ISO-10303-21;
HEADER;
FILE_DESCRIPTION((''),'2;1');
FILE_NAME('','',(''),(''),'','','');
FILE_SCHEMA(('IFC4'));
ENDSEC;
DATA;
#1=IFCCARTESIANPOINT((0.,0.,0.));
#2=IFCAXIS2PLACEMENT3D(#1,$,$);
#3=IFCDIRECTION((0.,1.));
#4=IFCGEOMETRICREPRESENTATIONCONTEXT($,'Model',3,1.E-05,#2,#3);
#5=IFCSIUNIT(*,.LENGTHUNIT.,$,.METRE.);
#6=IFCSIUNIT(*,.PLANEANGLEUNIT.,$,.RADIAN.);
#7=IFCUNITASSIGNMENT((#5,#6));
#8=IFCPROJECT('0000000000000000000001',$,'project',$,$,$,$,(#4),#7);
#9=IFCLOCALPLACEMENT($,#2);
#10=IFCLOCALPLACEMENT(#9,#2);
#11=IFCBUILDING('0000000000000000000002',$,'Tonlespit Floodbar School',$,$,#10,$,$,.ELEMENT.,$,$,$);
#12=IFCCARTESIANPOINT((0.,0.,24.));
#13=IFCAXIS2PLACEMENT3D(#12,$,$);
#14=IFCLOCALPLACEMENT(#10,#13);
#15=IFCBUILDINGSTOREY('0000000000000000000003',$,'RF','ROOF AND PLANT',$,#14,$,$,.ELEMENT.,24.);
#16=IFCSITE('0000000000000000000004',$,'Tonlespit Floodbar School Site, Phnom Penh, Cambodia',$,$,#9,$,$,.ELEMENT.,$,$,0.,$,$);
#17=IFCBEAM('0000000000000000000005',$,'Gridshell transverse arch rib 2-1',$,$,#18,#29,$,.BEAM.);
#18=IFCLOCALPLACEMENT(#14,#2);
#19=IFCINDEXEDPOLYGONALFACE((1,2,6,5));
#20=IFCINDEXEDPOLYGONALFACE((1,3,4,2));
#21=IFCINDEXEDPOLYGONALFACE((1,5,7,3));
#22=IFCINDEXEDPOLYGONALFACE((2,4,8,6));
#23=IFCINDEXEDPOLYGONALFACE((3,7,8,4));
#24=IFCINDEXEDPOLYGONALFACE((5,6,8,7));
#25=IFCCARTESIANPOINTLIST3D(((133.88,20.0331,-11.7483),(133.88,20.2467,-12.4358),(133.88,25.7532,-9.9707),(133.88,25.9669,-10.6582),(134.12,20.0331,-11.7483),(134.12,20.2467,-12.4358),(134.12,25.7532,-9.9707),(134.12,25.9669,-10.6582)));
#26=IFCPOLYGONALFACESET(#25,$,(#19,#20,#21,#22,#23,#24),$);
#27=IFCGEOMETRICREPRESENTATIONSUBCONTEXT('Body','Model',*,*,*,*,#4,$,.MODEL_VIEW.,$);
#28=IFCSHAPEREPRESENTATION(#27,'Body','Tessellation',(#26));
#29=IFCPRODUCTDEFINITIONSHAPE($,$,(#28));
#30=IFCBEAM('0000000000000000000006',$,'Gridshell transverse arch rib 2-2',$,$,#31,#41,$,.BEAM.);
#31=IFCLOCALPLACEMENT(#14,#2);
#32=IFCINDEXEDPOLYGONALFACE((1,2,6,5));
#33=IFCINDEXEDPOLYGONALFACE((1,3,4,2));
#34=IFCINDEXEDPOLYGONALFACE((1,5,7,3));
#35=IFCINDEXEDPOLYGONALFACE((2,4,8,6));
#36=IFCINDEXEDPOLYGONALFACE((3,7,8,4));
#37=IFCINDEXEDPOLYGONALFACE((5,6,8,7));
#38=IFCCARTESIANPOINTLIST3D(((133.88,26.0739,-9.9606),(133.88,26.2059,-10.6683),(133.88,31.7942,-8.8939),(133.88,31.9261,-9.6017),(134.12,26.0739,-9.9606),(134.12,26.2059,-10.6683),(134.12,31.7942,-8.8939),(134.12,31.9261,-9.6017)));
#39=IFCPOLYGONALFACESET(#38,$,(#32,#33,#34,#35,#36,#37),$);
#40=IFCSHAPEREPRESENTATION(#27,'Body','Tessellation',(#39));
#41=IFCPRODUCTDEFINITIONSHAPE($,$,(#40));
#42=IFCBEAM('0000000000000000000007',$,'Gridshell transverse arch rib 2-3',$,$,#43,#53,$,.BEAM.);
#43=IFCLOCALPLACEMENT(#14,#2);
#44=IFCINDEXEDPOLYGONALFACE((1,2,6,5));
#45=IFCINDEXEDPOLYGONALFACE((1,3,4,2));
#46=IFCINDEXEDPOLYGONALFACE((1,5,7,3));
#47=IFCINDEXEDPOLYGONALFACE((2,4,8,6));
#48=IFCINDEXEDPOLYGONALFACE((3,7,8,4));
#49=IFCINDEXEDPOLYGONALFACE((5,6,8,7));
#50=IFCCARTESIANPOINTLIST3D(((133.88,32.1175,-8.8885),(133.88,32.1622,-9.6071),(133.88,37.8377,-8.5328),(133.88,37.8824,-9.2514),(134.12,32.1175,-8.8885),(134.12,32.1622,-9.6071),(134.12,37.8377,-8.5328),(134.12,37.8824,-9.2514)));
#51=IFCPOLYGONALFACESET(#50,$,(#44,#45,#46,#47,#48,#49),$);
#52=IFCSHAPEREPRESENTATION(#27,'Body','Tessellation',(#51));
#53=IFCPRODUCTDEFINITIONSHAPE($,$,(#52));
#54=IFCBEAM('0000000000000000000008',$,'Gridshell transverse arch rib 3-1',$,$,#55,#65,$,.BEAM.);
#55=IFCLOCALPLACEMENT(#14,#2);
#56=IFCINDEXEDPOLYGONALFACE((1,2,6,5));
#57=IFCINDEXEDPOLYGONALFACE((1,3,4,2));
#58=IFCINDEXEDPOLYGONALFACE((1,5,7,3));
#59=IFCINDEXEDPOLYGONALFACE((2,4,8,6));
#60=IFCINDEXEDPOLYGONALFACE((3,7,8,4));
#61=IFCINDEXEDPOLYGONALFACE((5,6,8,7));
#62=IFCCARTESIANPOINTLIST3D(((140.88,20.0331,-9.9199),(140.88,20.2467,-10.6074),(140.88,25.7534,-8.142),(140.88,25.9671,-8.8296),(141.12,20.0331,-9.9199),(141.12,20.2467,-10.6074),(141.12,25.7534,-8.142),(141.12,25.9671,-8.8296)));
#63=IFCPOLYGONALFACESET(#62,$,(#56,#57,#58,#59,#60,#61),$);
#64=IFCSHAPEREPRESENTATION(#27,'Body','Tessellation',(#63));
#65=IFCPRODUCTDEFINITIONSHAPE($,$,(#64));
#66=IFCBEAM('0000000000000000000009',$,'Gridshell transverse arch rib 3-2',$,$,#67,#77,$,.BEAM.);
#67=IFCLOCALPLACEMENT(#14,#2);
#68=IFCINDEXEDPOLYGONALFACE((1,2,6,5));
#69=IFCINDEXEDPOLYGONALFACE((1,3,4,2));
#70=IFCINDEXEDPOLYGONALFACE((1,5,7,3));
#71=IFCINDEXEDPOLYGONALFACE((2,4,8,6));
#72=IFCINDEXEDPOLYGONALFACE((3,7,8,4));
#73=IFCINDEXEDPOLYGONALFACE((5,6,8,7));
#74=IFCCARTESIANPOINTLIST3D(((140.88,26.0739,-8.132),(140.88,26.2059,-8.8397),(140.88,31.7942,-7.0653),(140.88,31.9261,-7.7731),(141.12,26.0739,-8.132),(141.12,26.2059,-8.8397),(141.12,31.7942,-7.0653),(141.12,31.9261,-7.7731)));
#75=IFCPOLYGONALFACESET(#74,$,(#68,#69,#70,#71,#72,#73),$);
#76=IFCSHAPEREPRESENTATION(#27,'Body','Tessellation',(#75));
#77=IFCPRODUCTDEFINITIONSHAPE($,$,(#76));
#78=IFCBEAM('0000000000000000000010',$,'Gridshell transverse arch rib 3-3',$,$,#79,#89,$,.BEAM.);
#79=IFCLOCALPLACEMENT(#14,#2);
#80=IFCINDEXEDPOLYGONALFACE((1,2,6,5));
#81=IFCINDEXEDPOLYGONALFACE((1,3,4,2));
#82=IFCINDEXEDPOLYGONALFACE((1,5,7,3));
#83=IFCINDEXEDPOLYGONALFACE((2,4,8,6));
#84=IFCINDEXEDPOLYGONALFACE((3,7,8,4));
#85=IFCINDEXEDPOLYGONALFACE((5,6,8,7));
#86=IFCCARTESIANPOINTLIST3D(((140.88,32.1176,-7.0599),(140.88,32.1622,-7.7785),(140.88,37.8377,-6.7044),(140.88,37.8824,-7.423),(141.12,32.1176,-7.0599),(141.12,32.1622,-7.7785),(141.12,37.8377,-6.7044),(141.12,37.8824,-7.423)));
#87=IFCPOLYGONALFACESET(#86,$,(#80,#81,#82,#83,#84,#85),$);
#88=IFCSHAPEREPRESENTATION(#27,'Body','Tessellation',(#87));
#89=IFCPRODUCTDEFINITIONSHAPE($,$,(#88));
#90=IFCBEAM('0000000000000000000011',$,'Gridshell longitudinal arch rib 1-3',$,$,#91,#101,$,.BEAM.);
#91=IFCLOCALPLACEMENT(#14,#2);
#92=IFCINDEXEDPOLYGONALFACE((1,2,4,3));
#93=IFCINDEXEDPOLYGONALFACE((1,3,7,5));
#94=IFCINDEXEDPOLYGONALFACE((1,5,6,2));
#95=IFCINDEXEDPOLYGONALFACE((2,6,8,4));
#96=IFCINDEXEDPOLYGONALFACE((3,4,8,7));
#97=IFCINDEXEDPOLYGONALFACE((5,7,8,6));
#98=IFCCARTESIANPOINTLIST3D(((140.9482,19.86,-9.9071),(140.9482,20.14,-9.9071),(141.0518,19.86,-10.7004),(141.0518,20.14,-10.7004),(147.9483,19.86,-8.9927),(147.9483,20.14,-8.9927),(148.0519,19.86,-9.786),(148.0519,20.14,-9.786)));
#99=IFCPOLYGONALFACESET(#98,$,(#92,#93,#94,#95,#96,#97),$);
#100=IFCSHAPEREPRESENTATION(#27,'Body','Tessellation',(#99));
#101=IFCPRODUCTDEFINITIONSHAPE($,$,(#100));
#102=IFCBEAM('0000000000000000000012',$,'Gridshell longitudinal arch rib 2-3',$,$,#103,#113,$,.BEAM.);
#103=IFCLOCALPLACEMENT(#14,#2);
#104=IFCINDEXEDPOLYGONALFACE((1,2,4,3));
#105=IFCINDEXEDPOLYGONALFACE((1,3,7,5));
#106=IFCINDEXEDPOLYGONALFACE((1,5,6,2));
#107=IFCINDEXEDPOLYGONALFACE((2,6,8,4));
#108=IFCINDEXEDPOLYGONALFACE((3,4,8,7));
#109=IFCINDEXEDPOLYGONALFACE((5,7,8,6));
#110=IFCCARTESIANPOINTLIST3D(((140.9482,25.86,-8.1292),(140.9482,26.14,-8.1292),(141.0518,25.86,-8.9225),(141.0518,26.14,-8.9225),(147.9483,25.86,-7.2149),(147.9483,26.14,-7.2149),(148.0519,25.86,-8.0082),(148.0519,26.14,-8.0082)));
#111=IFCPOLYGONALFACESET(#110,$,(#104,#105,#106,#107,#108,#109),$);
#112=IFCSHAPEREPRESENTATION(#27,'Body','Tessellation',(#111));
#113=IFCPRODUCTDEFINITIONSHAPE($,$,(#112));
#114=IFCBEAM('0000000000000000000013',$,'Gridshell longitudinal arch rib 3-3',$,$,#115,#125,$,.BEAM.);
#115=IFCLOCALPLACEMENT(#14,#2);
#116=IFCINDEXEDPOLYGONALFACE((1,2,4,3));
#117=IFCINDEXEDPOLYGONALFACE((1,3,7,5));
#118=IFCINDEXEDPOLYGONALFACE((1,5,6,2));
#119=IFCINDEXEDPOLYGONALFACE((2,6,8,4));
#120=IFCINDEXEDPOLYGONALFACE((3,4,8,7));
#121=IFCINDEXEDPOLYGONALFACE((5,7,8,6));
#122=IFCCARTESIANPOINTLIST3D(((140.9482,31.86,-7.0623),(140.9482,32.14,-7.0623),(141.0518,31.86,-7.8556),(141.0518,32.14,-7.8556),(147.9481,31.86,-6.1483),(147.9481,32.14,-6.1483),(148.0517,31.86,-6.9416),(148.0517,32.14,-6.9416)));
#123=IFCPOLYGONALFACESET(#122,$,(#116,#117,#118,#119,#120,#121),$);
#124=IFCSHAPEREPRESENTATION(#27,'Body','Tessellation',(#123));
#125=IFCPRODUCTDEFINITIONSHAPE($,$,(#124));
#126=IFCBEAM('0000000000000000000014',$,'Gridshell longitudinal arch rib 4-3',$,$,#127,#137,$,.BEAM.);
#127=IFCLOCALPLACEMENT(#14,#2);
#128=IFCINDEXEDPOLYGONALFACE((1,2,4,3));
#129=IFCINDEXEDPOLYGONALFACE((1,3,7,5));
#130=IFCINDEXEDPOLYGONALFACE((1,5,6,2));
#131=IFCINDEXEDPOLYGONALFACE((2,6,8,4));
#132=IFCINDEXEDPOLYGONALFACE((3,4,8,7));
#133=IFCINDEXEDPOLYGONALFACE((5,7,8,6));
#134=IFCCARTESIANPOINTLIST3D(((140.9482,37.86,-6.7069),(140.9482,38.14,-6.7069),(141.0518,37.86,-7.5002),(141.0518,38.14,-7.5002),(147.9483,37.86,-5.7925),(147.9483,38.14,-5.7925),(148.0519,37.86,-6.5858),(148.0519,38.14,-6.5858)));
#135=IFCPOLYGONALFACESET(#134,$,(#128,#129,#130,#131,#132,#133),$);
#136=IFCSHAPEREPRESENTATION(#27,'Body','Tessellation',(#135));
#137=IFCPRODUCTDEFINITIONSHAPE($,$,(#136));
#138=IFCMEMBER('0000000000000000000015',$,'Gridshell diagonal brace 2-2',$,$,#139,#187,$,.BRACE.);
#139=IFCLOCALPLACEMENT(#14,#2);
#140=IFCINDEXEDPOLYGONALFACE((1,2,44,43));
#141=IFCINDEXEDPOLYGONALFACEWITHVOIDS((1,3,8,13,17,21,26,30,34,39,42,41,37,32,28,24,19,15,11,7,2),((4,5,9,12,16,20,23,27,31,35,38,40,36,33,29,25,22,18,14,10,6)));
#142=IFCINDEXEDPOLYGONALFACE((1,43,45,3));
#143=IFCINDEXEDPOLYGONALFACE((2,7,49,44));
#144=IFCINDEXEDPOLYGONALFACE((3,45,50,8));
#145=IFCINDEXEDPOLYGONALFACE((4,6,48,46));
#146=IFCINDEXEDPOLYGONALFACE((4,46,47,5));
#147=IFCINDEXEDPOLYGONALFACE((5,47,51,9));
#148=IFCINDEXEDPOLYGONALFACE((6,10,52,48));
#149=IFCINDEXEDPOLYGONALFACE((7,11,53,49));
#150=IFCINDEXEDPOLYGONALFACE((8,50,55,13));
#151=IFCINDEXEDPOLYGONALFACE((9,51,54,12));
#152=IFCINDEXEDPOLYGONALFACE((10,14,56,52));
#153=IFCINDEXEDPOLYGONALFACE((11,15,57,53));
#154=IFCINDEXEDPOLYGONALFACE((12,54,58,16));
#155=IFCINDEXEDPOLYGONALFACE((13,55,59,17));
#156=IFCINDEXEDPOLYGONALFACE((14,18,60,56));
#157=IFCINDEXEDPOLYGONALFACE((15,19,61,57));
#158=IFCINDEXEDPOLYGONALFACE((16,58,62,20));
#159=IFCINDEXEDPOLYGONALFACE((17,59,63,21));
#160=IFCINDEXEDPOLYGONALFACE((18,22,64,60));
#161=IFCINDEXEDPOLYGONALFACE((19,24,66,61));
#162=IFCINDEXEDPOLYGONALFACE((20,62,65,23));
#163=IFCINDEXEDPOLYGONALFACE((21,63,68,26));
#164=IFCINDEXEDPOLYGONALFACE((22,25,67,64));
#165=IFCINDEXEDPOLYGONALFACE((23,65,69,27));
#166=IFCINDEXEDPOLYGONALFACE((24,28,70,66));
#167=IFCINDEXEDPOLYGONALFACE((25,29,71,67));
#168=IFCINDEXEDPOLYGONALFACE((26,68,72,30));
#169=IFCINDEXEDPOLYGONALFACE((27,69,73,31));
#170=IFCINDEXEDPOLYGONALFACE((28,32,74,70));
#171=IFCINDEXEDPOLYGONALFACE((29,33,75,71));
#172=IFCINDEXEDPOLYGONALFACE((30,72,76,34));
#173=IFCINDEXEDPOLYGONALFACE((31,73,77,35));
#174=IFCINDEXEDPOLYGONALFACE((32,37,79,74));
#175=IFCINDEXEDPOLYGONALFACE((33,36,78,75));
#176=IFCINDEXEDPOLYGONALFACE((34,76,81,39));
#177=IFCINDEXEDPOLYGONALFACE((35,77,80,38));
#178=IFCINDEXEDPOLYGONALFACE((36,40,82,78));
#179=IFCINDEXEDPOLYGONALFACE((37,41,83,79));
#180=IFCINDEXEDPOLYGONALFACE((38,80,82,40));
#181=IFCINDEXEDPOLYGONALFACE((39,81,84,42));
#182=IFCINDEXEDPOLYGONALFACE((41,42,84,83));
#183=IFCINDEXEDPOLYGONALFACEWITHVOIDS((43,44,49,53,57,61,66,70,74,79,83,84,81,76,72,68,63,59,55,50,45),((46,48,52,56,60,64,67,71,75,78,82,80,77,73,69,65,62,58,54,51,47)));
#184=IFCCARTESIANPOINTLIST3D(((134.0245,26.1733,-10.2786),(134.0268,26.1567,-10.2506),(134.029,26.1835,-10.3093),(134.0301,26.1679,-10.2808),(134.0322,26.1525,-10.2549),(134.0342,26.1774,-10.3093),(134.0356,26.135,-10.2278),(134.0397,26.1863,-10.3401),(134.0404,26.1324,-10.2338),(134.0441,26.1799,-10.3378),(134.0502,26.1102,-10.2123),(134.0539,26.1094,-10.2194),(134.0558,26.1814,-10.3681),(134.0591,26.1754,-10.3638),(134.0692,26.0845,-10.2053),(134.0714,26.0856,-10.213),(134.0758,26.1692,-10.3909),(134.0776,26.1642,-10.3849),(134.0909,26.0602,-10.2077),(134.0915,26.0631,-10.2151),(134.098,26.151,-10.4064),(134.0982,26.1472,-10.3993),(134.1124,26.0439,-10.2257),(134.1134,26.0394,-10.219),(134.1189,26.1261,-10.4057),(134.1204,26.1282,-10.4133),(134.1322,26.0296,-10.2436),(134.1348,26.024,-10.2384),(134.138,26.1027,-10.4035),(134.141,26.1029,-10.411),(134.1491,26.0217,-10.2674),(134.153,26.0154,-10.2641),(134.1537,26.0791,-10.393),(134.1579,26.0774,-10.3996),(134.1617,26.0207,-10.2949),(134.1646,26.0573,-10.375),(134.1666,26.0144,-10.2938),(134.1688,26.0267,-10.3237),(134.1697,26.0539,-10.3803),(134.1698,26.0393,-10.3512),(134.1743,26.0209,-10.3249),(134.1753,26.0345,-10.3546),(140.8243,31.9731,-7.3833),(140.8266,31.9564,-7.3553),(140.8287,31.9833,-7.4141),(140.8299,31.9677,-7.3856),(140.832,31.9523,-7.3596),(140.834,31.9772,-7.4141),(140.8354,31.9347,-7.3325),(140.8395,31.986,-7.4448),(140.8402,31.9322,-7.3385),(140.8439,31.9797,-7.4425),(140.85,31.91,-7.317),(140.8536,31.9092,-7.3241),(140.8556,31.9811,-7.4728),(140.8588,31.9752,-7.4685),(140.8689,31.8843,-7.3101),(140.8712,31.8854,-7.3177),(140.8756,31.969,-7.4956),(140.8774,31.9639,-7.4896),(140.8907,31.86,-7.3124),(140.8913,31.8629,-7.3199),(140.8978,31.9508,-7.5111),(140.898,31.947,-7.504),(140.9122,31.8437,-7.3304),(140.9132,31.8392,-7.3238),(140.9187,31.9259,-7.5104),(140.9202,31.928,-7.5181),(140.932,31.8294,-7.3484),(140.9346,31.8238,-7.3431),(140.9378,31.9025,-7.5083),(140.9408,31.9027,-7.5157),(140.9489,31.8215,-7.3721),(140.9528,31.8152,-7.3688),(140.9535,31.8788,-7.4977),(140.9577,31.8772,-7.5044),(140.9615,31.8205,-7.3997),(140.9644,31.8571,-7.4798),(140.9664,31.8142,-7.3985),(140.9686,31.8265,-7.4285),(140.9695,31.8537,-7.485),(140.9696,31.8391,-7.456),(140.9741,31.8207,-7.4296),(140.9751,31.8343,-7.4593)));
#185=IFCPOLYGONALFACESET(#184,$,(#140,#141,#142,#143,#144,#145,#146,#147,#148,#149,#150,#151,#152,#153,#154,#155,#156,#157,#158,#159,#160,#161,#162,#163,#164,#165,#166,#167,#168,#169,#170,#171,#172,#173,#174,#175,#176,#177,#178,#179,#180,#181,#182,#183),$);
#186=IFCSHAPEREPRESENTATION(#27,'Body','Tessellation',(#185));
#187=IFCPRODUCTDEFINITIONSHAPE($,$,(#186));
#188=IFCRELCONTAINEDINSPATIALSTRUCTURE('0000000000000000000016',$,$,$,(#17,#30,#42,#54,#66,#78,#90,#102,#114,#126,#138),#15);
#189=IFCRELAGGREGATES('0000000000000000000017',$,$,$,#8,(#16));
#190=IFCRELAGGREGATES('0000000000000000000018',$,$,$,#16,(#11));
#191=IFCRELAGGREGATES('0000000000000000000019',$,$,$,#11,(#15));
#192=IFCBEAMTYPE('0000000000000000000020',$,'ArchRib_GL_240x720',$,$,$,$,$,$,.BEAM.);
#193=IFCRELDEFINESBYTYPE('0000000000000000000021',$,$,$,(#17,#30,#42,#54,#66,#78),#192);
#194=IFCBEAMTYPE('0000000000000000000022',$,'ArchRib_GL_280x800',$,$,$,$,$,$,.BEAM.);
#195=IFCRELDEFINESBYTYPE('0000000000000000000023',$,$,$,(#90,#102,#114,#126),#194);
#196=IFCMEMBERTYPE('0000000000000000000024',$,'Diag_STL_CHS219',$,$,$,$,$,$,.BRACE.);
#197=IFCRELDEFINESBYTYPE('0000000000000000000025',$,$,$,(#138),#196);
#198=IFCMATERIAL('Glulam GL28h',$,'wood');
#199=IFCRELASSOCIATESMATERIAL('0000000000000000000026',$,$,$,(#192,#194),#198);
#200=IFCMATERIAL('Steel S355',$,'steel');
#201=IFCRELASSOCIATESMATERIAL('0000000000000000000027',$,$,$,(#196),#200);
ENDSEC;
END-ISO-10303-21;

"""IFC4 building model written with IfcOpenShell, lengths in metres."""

from ifc_helpers import new_model, si_unit, direction, frame, origin, origin_2d, place, context, subcontext, project, spatial, rectangle, hollow_circle, extrude, material, material_profile, profile_set, type_object, element, save


model = new_model("IFC4")

# Units and contexts
model_context = context("Model", 3, precision=1e-05, world=origin(), true_north=direction((0.0, 1.0)))
body_context = subcontext(model_context, "Body", "Model", "MODEL_VIEW")
ifc_project = project(units=[si_unit("LENGTHUNIT", "METRE"), si_unit("PLANEANGLEUNIT", "RADIAN")], contexts=[model_context])

# Site, building, storey
site_placement = place(None, origin())
site = spatial("IfcSite", under=ifc_project, at=site_placement, Name="Tonlespit Floodbar School Site, Phnom Penh, Cambodia", CompositionType="ELEMENT", RefElevation=0.0)
building_placement = place(site_placement, origin())
building = spatial("IfcBuilding", under=site, at=building_placement, Name="Tonlespit Floodbar School", CompositionType="ELEMENT")
storey_placement = place(building_placement, frame((0.0, 0.0, 24.0)))
storey = spatial("IfcBuildingStorey", under=building, at=storey_placement, Name="RF", Description="ROOF AND PLANT", CompositionType="ELEMENT", Elevation=24.0)

# Beams
ifc_material_1 = material(Name="Glulam GL28h", Category="wood")
ifc_material_profile_1 = material_profile(ifc_material_1, rectangle(XDim=0.24, YDim=0.72, at=origin_2d()), Name="GL 240x720")
ifc_profile_set_1 = profile_set([ifc_material_profile_1], Name="Glulam GL28h")
beam_type_1 = type_object("IfcBeamType", Name="ArchRib_GL_240x720", PredefinedType="BEAM", material=ifc_profile_set_1)
beam_1_placement = place(storey_placement, frame((134.0, 20.1399, -12.092), z_axis=(0.0, 0.954953, 0.296757), x_axis=(-1.0, 0.0, 0.0)))
element("IfcBeam", 1, at=beam_1_placement, inside=storey, type_object=beam_type_1, Name="Gridshell transverse arch rib 2-1", PredefinedType="BEAM", context=body_context, shape_type="SweptSolid", body=[
    extrude(rectangle(XDim=0.24, YDim=0.72, at=origin_2d()), origin(), (0.0, 0.0, 1.0), 5.99),
])
beam_2_placement = place(storey_placement, frame((134.0, 26.1399, -10.3145), z_axis=(0.0, 0.983055, 0.183311), x_axis=(-1.0, 0.0, 0.0)))
element("IfcBeam", 2, at=beam_2_placement, inside=storey, type_object=beam_type_1, Name="Gridshell transverse arch rib 2-2", PredefinedType="BEAM", context=body_context, shape_type="SweptSolid", body=[
    extrude(rectangle(XDim=0.24, YDim=0.72, at=origin_2d()), origin(), (0.0, 0.0, 1.0), 5.8188),
])
beam_3_placement = place(storey_placement, frame((134.0, 32.1399, -9.2478), z_axis=(0.0, 0.998072, 0.062065), x_axis=(-1.0, 0.0, 0.0)))
element("IfcBeam", 3, at=beam_3_placement, inside=storey, type_object=beam_type_1, Name="Gridshell transverse arch rib 2-3", PredefinedType="BEAM", context=body_context, shape_type="SweptSolid", body=[
    extrude(rectangle(XDim=0.24, YDim=0.72, at=origin_2d()), origin(), (0.0, 0.0, 1.0), 5.7312),
])
beam_4_placement = place(storey_placement, frame((141.0, 20.1399, -10.2637), z_axis=(0.0, 0.954942, 0.296794), x_axis=(-1.0, 0.0, 0.0)))
element("IfcBeam", 4, at=beam_4_placement, inside=storey, type_object=beam_type_1, Name="Gridshell transverse arch rib 3-1", PredefinedType="BEAM", context=body_context, shape_type="SweptSolid", body=[
    extrude(rectangle(XDim=0.24, YDim=0.72, at=origin_2d()), origin(), (0.0, 0.0, 1.0), 5.9902),
])
beam_5_placement = place(storey_placement, frame((141.0, 26.1399, -8.4858), z_axis=(0.0, 0.983055, 0.183311), x_axis=(-1.0, 0.0, 0.0)))
element("IfcBeam", 5, at=beam_5_placement, inside=storey, type_object=beam_type_1, Name="Gridshell transverse arch rib 3-2", PredefinedType="BEAM", context=body_context, shape_type="SweptSolid", body=[
    extrude(rectangle(XDim=0.24, YDim=0.72, at=origin_2d()), origin(), (0.0, 0.0, 1.0), 5.8188),
])
beam_6_placement = place(storey_placement, frame((141.0, 32.1399, -7.4192), z_axis=(0.0, 0.998075, 0.062023), x_axis=(-1.0, 0.0, 0.0)))
element("IfcBeam", 6, at=beam_6_placement, inside=storey, type_object=beam_type_1, Name="Gridshell transverse arch rib 3-3", PredefinedType="BEAM", context=body_context, shape_type="SweptSolid", body=[
    extrude(rectangle(XDim=0.24, YDim=0.72, at=origin_2d()), origin(), (0.0, 0.0, 1.0), 5.7312),
])
ifc_material_profile_2 = material_profile(ifc_material_1, rectangle(XDim=0.28, YDim=0.8, at=origin_2d()), Name="GL 280x800")
ifc_profile_set_2 = profile_set([ifc_material_profile_2], Name="Glulam GL28h")
beam_type_2 = type_object("IfcBeamType", Name="ArchRib_GL_280x800", PredefinedType="BEAM", material=ifc_profile_set_2)
for number, where, z_axis, x_axis, name in (
    (7, (141.0, 20.0, -10.3037), (0.991577, 0.0, 0.129515), (0.0, 1.0, 0.0), "Gridshell longitudinal arch rib 1-3"),
    (8, (141.0, 26.0, -8.5259), (0.991577, 0.0, 0.129515), (0.0, 1.0, 0.0), "Gridshell longitudinal arch rib 2-3"),
):
    element("IfcBeam", number, at=place(storey_placement, frame(where, z_axis=z_axis, x_axis=x_axis)), inside=storey, type_object=beam_type_2, Name=name, PredefinedType="BEAM", context=body_context, shape_type="SweptSolid", body=[
        extrude(rectangle(XDim=0.28, YDim=0.8, at=origin_2d()), origin(), (0.0, 0.0, 1.0), 7.0596),
    ])
beam_7_placement = place(storey_placement, frame((141.0, 32.0, -7.459), z_axis=(0.991582, 0.0, 0.129481), x_axis=(0.0, 1.0, 0.0)))
element("IfcBeam", 9, at=beam_7_placement, inside=storey, type_object=beam_type_2, Name="Gridshell longitudinal arch rib 3-3", PredefinedType="BEAM", context=body_context, shape_type="SweptSolid", body=[
    extrude(rectangle(XDim=0.28, YDim=0.8, at=origin_2d()), origin(), (0.0, 0.0, 1.0), 7.0593),
])
beam_8_placement = place(storey_placement, frame((141.0, 38.0, -7.1035), z_axis=(0.991577, 0.0, 0.129515), x_axis=(0.0, 1.0, 0.0)))
element("IfcBeam", 10, at=beam_8_placement, inside=storey, type_object=beam_type_2, Name="Gridshell longitudinal arch rib 4-3", PredefinedType="BEAM", context=body_context, shape_type="SweptSolid", body=[
    extrude(rectangle(XDim=0.28, YDim=0.8, at=origin_2d()), origin(), (0.0, 0.0, 1.0), 7.0596),
])

# Member
ifc_material_2 = material(Name="Steel S355", Category="steel")
ifc_material_profile_3 = material_profile(ifc_material_2, hollow_circle(Radius=0.1096, WallThickness=0.0081, at=origin_2d()), Name="CHS 219.1x8")
ifc_profile_set_3 = profile_set([ifc_material_profile_3], Name="Steel S355")
member_type_1 = type_object("IfcMemberType", Name="Diag_STL_CHS219", PredefinedType="BRACE", material=ifc_profile_set_3)
member_1_placement = place(storey_placement, frame((134.1001, 26.1001, -10.3093), z_axis=(0.723803, 0.617358, 0.308185), x_axis=(-0.648945, 0.760836, 0.0)))
element("IfcMember", 11, at=member_1_placement, inside=storey, type_object=member_type_1, Name="Gridshell diagonal brace 2-2", PredefinedType="BRACE", context=body_context, shape_type="SweptSolid", body=[
    extrude(hollow_circle(Radius=0.1096, WallThickness=0.0081, at=origin_2d()), origin(), (0.0, 0.0, 1.0), 9.3945),
])

save(model, "model.ifc")
